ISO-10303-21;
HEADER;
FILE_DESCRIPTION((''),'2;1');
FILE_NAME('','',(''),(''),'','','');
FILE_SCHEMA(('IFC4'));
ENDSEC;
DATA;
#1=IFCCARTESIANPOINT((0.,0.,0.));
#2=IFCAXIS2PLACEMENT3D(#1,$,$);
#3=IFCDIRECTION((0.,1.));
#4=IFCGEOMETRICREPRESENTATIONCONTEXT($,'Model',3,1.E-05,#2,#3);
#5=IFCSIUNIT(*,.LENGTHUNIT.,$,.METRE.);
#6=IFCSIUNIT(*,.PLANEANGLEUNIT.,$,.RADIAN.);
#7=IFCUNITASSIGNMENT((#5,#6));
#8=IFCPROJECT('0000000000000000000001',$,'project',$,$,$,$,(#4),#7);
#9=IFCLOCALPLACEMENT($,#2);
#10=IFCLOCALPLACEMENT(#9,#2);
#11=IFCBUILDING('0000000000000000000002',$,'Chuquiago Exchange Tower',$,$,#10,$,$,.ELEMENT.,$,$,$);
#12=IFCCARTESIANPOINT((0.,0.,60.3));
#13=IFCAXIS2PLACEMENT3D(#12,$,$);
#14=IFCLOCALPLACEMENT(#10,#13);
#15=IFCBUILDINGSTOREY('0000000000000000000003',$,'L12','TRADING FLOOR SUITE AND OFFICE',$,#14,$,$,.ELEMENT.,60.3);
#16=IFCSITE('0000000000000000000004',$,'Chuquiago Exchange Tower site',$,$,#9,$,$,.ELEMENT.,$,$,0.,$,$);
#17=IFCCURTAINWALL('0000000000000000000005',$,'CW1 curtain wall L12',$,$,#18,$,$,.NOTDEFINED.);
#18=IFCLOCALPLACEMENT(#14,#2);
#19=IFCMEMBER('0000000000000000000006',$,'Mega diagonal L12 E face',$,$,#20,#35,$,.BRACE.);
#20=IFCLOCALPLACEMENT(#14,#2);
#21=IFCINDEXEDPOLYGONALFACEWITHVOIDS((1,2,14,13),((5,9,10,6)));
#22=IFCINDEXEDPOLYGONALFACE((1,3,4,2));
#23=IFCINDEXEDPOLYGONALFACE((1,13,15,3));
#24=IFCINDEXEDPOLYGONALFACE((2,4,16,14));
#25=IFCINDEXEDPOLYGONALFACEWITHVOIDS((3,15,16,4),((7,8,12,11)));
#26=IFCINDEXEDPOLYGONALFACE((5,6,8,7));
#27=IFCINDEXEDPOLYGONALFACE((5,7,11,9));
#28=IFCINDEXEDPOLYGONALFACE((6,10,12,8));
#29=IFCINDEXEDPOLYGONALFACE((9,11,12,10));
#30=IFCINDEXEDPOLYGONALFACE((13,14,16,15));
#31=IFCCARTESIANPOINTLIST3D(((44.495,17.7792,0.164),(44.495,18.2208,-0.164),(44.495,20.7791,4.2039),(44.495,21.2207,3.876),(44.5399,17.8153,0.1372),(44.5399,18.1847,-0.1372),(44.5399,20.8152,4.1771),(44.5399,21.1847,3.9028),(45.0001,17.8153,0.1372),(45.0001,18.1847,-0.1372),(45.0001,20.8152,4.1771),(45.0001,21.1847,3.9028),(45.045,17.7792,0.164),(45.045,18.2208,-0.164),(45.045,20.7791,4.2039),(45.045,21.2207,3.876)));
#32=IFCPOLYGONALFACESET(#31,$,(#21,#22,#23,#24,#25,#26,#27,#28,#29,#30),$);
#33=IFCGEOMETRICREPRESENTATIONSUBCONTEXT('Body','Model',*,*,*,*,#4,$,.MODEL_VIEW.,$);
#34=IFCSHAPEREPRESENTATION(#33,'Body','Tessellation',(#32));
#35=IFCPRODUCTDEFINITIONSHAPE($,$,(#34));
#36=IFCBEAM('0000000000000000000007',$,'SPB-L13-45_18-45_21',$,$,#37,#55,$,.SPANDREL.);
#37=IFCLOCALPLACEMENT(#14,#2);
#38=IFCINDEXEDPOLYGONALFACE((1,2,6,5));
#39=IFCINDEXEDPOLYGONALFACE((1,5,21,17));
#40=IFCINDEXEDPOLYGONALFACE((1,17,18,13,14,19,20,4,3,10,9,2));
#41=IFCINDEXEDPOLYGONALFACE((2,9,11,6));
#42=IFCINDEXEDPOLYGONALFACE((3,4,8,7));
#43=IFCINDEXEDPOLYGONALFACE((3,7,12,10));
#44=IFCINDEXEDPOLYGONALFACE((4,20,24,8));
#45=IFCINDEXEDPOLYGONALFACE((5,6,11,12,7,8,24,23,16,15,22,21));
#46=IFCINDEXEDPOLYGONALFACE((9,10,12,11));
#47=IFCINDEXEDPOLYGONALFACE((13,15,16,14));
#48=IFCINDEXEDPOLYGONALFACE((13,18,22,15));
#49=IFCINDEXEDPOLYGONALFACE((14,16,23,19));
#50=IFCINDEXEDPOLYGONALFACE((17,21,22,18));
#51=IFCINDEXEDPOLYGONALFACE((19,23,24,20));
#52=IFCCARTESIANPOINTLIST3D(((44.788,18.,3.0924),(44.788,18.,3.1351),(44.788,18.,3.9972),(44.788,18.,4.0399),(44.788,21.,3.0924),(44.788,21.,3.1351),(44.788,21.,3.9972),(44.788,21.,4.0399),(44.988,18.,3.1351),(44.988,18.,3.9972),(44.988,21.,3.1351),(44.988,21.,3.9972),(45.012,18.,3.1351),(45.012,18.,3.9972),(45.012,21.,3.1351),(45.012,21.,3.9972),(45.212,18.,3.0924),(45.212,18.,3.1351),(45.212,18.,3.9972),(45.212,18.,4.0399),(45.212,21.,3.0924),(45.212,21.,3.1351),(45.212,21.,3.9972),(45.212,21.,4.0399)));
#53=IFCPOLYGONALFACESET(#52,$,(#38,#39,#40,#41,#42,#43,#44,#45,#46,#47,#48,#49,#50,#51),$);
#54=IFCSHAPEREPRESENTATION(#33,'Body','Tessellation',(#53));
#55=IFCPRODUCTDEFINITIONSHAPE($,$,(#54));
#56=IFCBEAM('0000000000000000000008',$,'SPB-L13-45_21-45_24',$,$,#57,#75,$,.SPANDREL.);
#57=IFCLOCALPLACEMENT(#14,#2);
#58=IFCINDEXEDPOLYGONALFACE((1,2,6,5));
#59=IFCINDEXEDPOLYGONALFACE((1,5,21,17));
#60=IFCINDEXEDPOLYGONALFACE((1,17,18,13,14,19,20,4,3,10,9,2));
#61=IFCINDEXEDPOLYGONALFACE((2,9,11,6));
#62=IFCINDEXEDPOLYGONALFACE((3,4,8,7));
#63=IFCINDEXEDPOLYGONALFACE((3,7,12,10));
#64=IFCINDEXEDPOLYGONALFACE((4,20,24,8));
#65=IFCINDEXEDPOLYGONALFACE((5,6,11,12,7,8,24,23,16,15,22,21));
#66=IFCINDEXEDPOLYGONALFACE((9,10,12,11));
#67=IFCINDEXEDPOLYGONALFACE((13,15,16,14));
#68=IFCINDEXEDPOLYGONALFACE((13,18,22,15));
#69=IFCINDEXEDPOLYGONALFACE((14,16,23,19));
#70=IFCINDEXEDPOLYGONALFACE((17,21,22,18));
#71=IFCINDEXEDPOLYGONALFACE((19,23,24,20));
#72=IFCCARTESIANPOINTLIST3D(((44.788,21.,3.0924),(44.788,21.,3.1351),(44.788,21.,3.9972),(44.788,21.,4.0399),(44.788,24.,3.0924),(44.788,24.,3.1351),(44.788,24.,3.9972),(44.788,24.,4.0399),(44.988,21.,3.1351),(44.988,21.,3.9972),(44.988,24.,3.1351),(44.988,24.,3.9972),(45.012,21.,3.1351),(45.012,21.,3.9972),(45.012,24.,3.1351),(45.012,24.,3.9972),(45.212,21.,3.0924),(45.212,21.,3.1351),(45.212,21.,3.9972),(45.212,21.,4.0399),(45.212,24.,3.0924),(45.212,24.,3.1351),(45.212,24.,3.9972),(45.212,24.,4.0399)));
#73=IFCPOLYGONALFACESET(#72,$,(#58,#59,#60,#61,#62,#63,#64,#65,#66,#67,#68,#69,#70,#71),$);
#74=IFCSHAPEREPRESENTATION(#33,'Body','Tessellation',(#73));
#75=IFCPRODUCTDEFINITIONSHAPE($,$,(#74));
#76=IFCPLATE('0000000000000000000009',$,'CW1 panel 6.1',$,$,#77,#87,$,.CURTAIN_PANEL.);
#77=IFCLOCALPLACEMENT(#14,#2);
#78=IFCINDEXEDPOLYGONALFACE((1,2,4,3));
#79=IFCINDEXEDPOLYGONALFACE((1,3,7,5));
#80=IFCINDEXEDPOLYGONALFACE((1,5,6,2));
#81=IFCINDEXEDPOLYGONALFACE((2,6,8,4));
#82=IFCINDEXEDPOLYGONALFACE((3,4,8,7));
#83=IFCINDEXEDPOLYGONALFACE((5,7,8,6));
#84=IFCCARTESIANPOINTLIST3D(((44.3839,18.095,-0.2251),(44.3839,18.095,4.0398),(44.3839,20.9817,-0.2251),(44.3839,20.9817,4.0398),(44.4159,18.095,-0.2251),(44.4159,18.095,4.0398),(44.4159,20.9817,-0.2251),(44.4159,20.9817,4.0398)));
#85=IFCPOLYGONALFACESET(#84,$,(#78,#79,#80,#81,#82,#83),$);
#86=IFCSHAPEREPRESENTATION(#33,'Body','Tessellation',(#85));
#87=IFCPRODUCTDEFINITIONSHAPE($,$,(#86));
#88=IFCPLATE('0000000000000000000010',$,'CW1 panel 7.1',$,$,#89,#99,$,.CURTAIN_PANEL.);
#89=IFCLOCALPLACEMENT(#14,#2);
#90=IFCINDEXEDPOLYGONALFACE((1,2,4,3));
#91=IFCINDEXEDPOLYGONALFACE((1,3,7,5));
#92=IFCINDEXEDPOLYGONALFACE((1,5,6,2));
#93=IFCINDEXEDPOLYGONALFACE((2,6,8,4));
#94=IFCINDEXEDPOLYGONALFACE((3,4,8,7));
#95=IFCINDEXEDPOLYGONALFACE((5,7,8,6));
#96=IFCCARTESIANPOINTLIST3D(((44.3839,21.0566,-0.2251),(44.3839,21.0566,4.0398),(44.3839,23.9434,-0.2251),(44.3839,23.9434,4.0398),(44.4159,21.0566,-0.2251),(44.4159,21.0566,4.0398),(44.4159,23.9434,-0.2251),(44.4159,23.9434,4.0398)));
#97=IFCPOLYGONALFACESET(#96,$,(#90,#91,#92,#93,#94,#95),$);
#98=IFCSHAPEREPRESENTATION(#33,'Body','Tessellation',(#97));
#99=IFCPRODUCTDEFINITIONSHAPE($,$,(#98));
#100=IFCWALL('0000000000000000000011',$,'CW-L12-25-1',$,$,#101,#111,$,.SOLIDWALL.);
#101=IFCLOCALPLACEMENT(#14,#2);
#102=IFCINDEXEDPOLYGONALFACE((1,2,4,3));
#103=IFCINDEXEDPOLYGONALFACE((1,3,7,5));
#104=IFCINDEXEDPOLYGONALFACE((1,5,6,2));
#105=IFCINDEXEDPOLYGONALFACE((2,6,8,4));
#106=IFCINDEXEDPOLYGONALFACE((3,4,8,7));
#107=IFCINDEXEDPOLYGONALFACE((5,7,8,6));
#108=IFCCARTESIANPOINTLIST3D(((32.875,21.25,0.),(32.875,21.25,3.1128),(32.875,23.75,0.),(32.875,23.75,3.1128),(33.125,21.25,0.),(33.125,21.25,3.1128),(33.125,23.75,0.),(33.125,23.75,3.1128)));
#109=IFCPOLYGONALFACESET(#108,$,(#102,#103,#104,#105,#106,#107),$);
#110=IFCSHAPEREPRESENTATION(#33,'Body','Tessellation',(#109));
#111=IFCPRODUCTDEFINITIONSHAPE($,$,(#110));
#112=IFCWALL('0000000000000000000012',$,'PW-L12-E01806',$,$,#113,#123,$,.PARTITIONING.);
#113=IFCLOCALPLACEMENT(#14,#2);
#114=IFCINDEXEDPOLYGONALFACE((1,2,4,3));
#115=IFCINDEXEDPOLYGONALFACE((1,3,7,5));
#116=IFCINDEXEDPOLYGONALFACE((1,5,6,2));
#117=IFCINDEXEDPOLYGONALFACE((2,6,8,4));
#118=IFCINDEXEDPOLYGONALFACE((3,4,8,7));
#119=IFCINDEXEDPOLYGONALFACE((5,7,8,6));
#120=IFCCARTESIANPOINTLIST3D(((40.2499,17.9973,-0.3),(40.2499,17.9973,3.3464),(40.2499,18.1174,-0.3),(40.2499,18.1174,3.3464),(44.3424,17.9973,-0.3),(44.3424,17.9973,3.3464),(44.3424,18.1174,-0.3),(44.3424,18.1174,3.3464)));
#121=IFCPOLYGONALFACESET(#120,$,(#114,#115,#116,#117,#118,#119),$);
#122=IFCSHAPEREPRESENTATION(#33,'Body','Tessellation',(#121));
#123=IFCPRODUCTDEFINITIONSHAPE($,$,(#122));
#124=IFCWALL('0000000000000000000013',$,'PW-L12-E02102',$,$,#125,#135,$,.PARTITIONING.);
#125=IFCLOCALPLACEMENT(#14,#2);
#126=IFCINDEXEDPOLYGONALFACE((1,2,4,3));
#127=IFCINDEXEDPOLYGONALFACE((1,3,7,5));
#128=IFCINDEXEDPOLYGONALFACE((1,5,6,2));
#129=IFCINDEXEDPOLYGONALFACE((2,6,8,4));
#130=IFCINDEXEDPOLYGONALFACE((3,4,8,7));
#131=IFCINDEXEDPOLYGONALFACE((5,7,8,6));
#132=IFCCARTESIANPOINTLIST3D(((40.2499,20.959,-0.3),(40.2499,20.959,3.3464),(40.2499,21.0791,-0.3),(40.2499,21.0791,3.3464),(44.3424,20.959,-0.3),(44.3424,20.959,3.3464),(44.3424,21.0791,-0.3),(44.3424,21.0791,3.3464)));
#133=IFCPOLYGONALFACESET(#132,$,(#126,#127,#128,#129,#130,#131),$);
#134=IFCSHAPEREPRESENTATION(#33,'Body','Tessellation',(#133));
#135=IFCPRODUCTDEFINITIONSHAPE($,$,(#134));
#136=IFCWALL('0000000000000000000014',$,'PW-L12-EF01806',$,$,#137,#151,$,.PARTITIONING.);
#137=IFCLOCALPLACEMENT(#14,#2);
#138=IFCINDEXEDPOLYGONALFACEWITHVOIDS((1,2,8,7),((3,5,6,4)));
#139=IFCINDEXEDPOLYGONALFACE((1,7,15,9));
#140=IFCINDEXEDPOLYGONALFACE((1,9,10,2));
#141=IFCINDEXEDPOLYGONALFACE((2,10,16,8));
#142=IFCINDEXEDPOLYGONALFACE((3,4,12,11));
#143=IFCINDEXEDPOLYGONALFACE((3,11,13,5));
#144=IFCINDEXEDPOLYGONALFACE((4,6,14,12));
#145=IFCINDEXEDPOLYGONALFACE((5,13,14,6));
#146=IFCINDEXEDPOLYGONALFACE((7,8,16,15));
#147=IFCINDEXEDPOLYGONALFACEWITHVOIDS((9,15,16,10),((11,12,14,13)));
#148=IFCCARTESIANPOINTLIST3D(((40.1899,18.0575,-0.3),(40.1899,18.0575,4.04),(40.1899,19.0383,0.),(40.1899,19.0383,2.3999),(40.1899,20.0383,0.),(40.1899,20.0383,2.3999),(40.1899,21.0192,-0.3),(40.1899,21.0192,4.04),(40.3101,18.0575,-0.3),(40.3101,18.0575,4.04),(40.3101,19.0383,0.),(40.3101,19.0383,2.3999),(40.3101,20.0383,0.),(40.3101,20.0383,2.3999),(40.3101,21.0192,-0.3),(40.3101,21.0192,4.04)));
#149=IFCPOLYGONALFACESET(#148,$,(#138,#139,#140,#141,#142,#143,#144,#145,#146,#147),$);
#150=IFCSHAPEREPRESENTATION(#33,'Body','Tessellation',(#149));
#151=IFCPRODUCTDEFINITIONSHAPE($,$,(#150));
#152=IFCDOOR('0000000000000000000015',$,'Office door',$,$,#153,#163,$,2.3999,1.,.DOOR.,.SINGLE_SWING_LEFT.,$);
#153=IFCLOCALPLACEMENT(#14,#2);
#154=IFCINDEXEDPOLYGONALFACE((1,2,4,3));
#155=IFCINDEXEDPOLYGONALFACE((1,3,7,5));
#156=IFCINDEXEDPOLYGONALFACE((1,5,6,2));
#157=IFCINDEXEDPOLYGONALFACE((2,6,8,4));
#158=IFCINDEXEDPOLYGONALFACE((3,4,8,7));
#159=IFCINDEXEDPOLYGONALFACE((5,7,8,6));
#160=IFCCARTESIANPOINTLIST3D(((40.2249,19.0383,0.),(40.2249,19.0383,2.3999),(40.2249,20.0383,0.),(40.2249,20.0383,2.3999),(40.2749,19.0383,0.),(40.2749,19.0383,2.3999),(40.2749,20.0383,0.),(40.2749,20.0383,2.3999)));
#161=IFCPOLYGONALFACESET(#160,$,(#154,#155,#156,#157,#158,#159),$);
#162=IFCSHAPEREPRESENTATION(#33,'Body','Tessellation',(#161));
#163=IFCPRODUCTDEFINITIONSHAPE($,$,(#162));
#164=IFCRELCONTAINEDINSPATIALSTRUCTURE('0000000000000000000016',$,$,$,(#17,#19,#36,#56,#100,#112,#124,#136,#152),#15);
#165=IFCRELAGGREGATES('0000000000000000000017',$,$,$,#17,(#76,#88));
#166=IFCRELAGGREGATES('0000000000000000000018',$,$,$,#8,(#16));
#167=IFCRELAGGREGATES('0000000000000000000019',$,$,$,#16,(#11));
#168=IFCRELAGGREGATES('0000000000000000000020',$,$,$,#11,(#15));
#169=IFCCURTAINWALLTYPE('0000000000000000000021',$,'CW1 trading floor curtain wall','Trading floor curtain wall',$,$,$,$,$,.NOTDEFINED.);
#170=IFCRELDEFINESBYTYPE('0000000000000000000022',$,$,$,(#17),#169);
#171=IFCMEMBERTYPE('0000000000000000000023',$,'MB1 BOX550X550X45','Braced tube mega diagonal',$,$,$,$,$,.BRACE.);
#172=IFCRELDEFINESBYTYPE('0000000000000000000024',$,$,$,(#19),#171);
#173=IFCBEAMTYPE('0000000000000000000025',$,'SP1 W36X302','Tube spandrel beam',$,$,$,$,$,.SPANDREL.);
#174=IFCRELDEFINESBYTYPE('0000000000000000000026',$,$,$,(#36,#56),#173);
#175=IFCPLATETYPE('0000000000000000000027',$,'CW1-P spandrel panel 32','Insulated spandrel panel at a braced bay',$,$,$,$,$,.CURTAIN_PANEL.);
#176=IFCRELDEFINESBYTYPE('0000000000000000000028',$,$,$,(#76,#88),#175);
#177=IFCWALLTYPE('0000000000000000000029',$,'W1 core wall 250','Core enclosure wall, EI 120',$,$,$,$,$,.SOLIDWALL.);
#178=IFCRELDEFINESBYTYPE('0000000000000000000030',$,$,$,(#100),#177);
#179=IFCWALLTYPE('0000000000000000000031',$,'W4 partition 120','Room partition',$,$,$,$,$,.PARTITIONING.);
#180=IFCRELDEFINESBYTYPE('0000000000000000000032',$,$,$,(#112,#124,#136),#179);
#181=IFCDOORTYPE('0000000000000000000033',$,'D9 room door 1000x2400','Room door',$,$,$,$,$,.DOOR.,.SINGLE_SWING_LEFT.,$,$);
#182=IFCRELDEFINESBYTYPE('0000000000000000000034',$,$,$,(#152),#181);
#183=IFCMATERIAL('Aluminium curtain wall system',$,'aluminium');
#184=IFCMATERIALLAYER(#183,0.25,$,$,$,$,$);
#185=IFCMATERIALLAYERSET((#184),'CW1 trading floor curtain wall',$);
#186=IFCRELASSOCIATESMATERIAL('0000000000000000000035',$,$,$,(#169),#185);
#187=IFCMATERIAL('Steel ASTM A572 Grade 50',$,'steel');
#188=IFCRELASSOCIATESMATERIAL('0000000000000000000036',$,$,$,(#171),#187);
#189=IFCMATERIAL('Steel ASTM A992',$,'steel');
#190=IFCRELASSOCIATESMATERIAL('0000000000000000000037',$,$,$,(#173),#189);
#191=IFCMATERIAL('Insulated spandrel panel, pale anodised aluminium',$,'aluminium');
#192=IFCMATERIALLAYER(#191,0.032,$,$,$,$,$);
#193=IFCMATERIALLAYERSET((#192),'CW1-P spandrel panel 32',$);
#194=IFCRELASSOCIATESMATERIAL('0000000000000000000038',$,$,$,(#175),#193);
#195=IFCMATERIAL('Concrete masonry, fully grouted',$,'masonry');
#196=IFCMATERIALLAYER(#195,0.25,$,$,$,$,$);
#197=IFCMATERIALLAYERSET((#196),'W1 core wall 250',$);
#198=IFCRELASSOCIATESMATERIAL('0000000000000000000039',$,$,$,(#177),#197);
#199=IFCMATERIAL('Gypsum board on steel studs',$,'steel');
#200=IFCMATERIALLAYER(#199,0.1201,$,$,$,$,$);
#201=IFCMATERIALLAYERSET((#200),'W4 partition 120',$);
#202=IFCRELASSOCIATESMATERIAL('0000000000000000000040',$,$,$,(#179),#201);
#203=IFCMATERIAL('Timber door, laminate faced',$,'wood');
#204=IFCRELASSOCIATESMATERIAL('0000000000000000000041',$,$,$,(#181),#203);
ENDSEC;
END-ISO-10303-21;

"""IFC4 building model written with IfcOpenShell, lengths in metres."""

from ifc_helpers import new_model, si_unit, direction, frame, frame_2d, origin, origin_2d, place, context, subcontext, project, spatial, rectangle, hollow_rectangle, i_section, extrude, material, layer, layer_set, material_profile, profile_set, type_object, element, fill, aggregate, save


model = new_model("IFC4")

# Units and contexts
model_context = context("Model", 3, precision=1e-05, world=origin(), true_north=direction((0.0, 1.0)))
body_context = subcontext(model_context, "Body", "Model", "MODEL_VIEW")
ifc_project = project(units=[si_unit("LENGTHUNIT", "METRE"), si_unit("PLANEANGLEUNIT", "RADIAN")], contexts=[model_context])

# Site, building, storey
site_placement = place(None, origin())
site = spatial("IfcSite", under=ifc_project, at=site_placement, Name="Chuquiago Exchange Tower site", CompositionType="ELEMENT", RefElevation=0.0)
building_placement = place(site_placement, origin())
building = spatial("IfcBuilding", under=site, at=building_placement, Name="Chuquiago Exchange Tower", CompositionType="ELEMENT")
storey_placement = place(building_placement, frame((0.0, 0.0, 60.3)))
storey = spatial("IfcBuildingStorey", under=building, at=storey_placement, Name="L12", Description="TRADING FLOOR SUITE AND OFFICE", CompositionType="ELEMENT", Elevation=60.3)

# Curtain wall
ifc_material_1 = material(Name="Aluminium curtain wall system", Category="aluminium")
ifc_layer_1 = layer(ifc_material_1, 0.25)
ifc_layer_set_1 = layer_set([ifc_layer_1], Name="CW1 trading floor curtain wall")
curtain_wall_type = type_object("IfcCurtainWallType", Name="CW1 trading floor curtain wall", Description="Trading floor curtain wall", PredefinedType="NOTDEFINED", material=ifc_layer_set_1)
curtain_wall_placement = place(storey_placement, origin())
curtain_wall = element("IfcCurtainWall", 1, at=curtain_wall_placement, inside=storey, type_object=curtain_wall_type, Name="CW1 curtain wall L12", PredefinedType="NOTDEFINED")

# Member
ifc_material_2 = material(Name="Steel ASTM A572 Grade 50", Category="steel")
ifc_material_profile_1 = material_profile(ifc_material_2, hollow_rectangle(XDim=0.55, YDim=0.55, WallThickness=0.0449, at=origin_2d()), Name="BOX550X550X45")
ifc_profile_set_1 = profile_set([ifc_material_profile_1], Name="Steel ASTM A572 Grade 50")
member_type_1 = type_object("IfcMemberType", Name="MB1 BOX550X550X45", Description="Braced tube mega diagonal", PredefinedType="BRACE", material=ifc_profile_set_1)
member_1_placement = place(storey_placement, frame((44.77, 18.0, 0.0), z_axis=(0.0, 0.596174, 0.802855), x_axis=(-1.0, 0.0, 0.0)))
element("IfcMember", 2, at=member_1_placement, inside=storey, type_object=member_type_1, Name="Mega diagonal L12 E face", PredefinedType="BRACE", context=body_context, shape_type="SweptSolid", body=[
    extrude(hollow_rectangle(XDim=0.55, YDim=0.55, WallThickness=0.0449, at=origin_2d()), origin(), (0.0, 0.0, 1.0), 5.032),
])

# Beams
ifc_material_3 = material(Name="Steel ASTM A992", Category="steel")
ifc_material_profile_2 = material_profile(ifc_material_3, i_section(OverallWidth=0.4241, OverallDepth=0.9475, WebThickness=0.0239, FlangeThickness=0.0427, at=origin_2d()), Name="W36X302")
ifc_profile_set_2 = profile_set([ifc_material_profile_2], Name="Steel ASTM A992")
beam_type_1 = type_object("IfcBeamType", Name="SP1 W36X302", Description="Tube spandrel beam", PredefinedType="SPANDREL", material=ifc_profile_set_2)
for number, where, z_axis, x_axis, name in (
    (3, (45.0, 18.0, 3.5662), (0.0, 1.0, 0.0), (-1.0, 0.0, 0.0), "SPB-L13-45_18-45_21"),
    (4, (45.0, 21.0, 3.5662), (0.0, 1.0, 0.0), (-1.0, 0.0, 0.0), "SPB-L13-45_21-45_24"),
):
    element("IfcBeam", number, at=place(storey_placement, frame(where, z_axis=z_axis, x_axis=x_axis)), inside=storey, type_object=beam_type_1, Name=name, PredefinedType="SPANDREL", context=body_context, shape_type="SweptSolid", body=[
        extrude(i_section(OverallWidth=0.4241, OverallDepth=0.9475, WebThickness=0.0239, FlangeThickness=0.0427, at=origin_2d()), origin(), (0.0, 0.0, 1.0), 3.0),
    ])

# Plates
ifc_material_4 = material(Name="Insulated spandrel panel, pale anodised aluminium", Category="aluminium")
ifc_layer_2 = layer(ifc_material_4, 0.032)
ifc_layer_set_2 = layer_set([ifc_layer_2], Name="CW1-P spandrel panel 32")
plate_type = type_object("IfcPlateType", Name="CW1-P spandrel panel 32", Description="Insulated spandrel panel at a braced bay", PredefinedType="CURTAIN_PANEL", material=ifc_layer_set_2)
plate_1_placement = place(storey_placement, frame((44.3999, 19.5383, -0.2251), z_axis=(0.0, 0.0, 1.0), x_axis=(0.0, 1.0, 0.0)))
plate_1 = element("IfcPlate", 5, at=plate_1_placement, type_object=plate_type, Name="CW1 panel 6.1", PredefinedType="CURTAIN_PANEL", context=body_context, shape_type="SweptSolid", body=[
    extrude(rectangle(XDim=2.8867, YDim=0.032, at=origin_2d()), origin(), (0.0, 0.0, 1.0), 4.2649),
])
plate_2_placement = place(storey_placement, frame((44.3999, 22.5, -0.2251), z_axis=(0.0, 0.0, 1.0), x_axis=(0.0, 1.0, 0.0)))
plate_2 = element("IfcPlate", 6, at=plate_2_placement, type_object=plate_type, Name="CW1 panel 7.1", PredefinedType="CURTAIN_PANEL", context=body_context, shape_type="SweptSolid", body=[
    extrude(rectangle(XDim=2.8867, YDim=0.032, at=origin_2d()), origin(), (0.0, 0.0, 1.0), 4.2649),
])
aggregate(curtain_wall, [plate_1, plate_2])

# Walls
ifc_material_5 = material(Name="Concrete masonry, fully grouted", Category="masonry")
ifc_layer_3 = layer(ifc_material_5, 0.25)
ifc_layer_set_3 = layer_set([ifc_layer_3], Name="W1 core wall 250")
wall_type_1 = type_object("IfcWallType", Name="W1 core wall 250", Description="Core enclosure wall, EI 120", PredefinedType="SOLIDWALL", material=ifc_layer_set_3)
wall_1_placement = place(storey_placement, frame((33.0, 21.25, 0.0), z_axis=(0.0, 0.0, 1.0), x_axis=(0.0, 1.0, 0.0)))
element("IfcWall", 7, at=wall_1_placement, inside=storey, type_object=wall_type_1, Name="CW-L12-25-1", PredefinedType="SOLIDWALL", context=body_context, shape_type="SweptSolid", body=[
    extrude(rectangle(XDim=2.5, YDim=0.25, at=frame_2d((1.25, 0.0))), origin(), (0.0, 0.0, 1.0), 3.1128),
])
ifc_material_6 = material(Name="Gypsum board on steel studs", Category="steel")
ifc_layer_4 = layer(ifc_material_6, 0.1201)
ifc_layer_set_4 = layer_set([ifc_layer_4], Name="W4 partition 120")
wall_type_2 = type_object("IfcWallType", Name="W4 partition 120", Description="Room partition", PredefinedType="PARTITIONING", material=ifc_layer_set_4)
for number, where, z_axis, x_axis, name in (
    (8, (44.3425, 18.0574, -0.3), (0.0, 0.0, 1.0), (-1.0, 0.0, 0.0), "PW-L12-E01806"),
    (9, (44.3425, 21.019, -0.3), (0.0, 0.0, 1.0), (-1.0, 0.0, 0.0), "PW-L12-E02102"),
):
    element("IfcWall", number, at=place(storey_placement, frame(where, z_axis=z_axis, x_axis=x_axis)), inside=storey, type_object=wall_type_2, Name=name, PredefinedType="PARTITIONING", context=body_context, shape_type="SweptSolid", body=[
        extrude(rectangle(XDim=4.0925, YDim=0.1201, at=frame_2d((2.0464, 0.0))), origin(), (0.0, 0.0, 1.0), 3.6465),
    ])

# Wall, opening, door
wall_2_placement = place(storey_placement, frame((40.25, 18.0574, -0.3), z_axis=(0.0, 0.0, 1.0), x_axis=(0.0, 1.0, 0.0)))
wall_2 = element("IfcWall", 10, at=wall_2_placement, inside=storey, type_object=wall_type_2, Name="PW-L12-EF01806", PredefinedType="PARTITIONING", context=body_context, shape_type="SweptSolid", body=[
    extrude(rectangle(XDim=2.9617, YDim=0.1201, at=frame_2d((1.481, 0.0))), origin(), (0.0, 0.0, 1.0), 4.3401),
])
opening_1_placement = place(wall_2_placement, frame((0.981, 0.0, 0.3)))
opening_1 = element("IfcOpeningElement", 11, at=opening_1_placement, cuts=wall_2, PredefinedType="OPENING", context=body_context, shape_type="SweptSolid", body=[
    extrude(rectangle(XDim=1.0, YDim=2.3999, at=frame_2d((0.5, 1.2))), frame((0.0, 0.0701, 0.0), z_axis=(0.0, -1.0, 0.0), x_axis=(1.0, 0.0, 0.0)), (0.0, 0.0, 1.0), 0.1401),
])
ifc_material_7 = material(Name="Timber door, laminate faced", Category="wood")
door_type = type_object("IfcDoorType", Name="D9 room door 1000x2400", Description="Room door", OperationType="SINGLE_SWING_LEFT", PredefinedType="DOOR", material=ifc_material_7)
door_1_placement = place(opening_1_placement, frame((1.0, 0.0, 0.0), z_axis=(0.0, 0.0, 1.0), x_axis=(-1.0, 0.0, 0.0)))
door_1 = element("IfcDoor", 12, at=door_1_placement, inside=storey, type_object=door_type, Name="Office door", OperationType="SINGLE_SWING_LEFT", OverallHeight=2.3999, OverallWidth=1.0, PredefinedType="DOOR", context=body_context, shape_type="SweptSolid", body=[
    extrude(rectangle(XDim=1.0, YDim=2.3999, at=frame_2d((0.5, 1.2))), frame((0.0, 0.0249, 0.0), z_axis=(0.0, -1.0, 0.0), x_axis=(1.0, 0.0, 0.0)), (0.0, 0.0, 1.0), 0.05),
])
fill(opening_1, door_1)

save(model, "model.ifc")
